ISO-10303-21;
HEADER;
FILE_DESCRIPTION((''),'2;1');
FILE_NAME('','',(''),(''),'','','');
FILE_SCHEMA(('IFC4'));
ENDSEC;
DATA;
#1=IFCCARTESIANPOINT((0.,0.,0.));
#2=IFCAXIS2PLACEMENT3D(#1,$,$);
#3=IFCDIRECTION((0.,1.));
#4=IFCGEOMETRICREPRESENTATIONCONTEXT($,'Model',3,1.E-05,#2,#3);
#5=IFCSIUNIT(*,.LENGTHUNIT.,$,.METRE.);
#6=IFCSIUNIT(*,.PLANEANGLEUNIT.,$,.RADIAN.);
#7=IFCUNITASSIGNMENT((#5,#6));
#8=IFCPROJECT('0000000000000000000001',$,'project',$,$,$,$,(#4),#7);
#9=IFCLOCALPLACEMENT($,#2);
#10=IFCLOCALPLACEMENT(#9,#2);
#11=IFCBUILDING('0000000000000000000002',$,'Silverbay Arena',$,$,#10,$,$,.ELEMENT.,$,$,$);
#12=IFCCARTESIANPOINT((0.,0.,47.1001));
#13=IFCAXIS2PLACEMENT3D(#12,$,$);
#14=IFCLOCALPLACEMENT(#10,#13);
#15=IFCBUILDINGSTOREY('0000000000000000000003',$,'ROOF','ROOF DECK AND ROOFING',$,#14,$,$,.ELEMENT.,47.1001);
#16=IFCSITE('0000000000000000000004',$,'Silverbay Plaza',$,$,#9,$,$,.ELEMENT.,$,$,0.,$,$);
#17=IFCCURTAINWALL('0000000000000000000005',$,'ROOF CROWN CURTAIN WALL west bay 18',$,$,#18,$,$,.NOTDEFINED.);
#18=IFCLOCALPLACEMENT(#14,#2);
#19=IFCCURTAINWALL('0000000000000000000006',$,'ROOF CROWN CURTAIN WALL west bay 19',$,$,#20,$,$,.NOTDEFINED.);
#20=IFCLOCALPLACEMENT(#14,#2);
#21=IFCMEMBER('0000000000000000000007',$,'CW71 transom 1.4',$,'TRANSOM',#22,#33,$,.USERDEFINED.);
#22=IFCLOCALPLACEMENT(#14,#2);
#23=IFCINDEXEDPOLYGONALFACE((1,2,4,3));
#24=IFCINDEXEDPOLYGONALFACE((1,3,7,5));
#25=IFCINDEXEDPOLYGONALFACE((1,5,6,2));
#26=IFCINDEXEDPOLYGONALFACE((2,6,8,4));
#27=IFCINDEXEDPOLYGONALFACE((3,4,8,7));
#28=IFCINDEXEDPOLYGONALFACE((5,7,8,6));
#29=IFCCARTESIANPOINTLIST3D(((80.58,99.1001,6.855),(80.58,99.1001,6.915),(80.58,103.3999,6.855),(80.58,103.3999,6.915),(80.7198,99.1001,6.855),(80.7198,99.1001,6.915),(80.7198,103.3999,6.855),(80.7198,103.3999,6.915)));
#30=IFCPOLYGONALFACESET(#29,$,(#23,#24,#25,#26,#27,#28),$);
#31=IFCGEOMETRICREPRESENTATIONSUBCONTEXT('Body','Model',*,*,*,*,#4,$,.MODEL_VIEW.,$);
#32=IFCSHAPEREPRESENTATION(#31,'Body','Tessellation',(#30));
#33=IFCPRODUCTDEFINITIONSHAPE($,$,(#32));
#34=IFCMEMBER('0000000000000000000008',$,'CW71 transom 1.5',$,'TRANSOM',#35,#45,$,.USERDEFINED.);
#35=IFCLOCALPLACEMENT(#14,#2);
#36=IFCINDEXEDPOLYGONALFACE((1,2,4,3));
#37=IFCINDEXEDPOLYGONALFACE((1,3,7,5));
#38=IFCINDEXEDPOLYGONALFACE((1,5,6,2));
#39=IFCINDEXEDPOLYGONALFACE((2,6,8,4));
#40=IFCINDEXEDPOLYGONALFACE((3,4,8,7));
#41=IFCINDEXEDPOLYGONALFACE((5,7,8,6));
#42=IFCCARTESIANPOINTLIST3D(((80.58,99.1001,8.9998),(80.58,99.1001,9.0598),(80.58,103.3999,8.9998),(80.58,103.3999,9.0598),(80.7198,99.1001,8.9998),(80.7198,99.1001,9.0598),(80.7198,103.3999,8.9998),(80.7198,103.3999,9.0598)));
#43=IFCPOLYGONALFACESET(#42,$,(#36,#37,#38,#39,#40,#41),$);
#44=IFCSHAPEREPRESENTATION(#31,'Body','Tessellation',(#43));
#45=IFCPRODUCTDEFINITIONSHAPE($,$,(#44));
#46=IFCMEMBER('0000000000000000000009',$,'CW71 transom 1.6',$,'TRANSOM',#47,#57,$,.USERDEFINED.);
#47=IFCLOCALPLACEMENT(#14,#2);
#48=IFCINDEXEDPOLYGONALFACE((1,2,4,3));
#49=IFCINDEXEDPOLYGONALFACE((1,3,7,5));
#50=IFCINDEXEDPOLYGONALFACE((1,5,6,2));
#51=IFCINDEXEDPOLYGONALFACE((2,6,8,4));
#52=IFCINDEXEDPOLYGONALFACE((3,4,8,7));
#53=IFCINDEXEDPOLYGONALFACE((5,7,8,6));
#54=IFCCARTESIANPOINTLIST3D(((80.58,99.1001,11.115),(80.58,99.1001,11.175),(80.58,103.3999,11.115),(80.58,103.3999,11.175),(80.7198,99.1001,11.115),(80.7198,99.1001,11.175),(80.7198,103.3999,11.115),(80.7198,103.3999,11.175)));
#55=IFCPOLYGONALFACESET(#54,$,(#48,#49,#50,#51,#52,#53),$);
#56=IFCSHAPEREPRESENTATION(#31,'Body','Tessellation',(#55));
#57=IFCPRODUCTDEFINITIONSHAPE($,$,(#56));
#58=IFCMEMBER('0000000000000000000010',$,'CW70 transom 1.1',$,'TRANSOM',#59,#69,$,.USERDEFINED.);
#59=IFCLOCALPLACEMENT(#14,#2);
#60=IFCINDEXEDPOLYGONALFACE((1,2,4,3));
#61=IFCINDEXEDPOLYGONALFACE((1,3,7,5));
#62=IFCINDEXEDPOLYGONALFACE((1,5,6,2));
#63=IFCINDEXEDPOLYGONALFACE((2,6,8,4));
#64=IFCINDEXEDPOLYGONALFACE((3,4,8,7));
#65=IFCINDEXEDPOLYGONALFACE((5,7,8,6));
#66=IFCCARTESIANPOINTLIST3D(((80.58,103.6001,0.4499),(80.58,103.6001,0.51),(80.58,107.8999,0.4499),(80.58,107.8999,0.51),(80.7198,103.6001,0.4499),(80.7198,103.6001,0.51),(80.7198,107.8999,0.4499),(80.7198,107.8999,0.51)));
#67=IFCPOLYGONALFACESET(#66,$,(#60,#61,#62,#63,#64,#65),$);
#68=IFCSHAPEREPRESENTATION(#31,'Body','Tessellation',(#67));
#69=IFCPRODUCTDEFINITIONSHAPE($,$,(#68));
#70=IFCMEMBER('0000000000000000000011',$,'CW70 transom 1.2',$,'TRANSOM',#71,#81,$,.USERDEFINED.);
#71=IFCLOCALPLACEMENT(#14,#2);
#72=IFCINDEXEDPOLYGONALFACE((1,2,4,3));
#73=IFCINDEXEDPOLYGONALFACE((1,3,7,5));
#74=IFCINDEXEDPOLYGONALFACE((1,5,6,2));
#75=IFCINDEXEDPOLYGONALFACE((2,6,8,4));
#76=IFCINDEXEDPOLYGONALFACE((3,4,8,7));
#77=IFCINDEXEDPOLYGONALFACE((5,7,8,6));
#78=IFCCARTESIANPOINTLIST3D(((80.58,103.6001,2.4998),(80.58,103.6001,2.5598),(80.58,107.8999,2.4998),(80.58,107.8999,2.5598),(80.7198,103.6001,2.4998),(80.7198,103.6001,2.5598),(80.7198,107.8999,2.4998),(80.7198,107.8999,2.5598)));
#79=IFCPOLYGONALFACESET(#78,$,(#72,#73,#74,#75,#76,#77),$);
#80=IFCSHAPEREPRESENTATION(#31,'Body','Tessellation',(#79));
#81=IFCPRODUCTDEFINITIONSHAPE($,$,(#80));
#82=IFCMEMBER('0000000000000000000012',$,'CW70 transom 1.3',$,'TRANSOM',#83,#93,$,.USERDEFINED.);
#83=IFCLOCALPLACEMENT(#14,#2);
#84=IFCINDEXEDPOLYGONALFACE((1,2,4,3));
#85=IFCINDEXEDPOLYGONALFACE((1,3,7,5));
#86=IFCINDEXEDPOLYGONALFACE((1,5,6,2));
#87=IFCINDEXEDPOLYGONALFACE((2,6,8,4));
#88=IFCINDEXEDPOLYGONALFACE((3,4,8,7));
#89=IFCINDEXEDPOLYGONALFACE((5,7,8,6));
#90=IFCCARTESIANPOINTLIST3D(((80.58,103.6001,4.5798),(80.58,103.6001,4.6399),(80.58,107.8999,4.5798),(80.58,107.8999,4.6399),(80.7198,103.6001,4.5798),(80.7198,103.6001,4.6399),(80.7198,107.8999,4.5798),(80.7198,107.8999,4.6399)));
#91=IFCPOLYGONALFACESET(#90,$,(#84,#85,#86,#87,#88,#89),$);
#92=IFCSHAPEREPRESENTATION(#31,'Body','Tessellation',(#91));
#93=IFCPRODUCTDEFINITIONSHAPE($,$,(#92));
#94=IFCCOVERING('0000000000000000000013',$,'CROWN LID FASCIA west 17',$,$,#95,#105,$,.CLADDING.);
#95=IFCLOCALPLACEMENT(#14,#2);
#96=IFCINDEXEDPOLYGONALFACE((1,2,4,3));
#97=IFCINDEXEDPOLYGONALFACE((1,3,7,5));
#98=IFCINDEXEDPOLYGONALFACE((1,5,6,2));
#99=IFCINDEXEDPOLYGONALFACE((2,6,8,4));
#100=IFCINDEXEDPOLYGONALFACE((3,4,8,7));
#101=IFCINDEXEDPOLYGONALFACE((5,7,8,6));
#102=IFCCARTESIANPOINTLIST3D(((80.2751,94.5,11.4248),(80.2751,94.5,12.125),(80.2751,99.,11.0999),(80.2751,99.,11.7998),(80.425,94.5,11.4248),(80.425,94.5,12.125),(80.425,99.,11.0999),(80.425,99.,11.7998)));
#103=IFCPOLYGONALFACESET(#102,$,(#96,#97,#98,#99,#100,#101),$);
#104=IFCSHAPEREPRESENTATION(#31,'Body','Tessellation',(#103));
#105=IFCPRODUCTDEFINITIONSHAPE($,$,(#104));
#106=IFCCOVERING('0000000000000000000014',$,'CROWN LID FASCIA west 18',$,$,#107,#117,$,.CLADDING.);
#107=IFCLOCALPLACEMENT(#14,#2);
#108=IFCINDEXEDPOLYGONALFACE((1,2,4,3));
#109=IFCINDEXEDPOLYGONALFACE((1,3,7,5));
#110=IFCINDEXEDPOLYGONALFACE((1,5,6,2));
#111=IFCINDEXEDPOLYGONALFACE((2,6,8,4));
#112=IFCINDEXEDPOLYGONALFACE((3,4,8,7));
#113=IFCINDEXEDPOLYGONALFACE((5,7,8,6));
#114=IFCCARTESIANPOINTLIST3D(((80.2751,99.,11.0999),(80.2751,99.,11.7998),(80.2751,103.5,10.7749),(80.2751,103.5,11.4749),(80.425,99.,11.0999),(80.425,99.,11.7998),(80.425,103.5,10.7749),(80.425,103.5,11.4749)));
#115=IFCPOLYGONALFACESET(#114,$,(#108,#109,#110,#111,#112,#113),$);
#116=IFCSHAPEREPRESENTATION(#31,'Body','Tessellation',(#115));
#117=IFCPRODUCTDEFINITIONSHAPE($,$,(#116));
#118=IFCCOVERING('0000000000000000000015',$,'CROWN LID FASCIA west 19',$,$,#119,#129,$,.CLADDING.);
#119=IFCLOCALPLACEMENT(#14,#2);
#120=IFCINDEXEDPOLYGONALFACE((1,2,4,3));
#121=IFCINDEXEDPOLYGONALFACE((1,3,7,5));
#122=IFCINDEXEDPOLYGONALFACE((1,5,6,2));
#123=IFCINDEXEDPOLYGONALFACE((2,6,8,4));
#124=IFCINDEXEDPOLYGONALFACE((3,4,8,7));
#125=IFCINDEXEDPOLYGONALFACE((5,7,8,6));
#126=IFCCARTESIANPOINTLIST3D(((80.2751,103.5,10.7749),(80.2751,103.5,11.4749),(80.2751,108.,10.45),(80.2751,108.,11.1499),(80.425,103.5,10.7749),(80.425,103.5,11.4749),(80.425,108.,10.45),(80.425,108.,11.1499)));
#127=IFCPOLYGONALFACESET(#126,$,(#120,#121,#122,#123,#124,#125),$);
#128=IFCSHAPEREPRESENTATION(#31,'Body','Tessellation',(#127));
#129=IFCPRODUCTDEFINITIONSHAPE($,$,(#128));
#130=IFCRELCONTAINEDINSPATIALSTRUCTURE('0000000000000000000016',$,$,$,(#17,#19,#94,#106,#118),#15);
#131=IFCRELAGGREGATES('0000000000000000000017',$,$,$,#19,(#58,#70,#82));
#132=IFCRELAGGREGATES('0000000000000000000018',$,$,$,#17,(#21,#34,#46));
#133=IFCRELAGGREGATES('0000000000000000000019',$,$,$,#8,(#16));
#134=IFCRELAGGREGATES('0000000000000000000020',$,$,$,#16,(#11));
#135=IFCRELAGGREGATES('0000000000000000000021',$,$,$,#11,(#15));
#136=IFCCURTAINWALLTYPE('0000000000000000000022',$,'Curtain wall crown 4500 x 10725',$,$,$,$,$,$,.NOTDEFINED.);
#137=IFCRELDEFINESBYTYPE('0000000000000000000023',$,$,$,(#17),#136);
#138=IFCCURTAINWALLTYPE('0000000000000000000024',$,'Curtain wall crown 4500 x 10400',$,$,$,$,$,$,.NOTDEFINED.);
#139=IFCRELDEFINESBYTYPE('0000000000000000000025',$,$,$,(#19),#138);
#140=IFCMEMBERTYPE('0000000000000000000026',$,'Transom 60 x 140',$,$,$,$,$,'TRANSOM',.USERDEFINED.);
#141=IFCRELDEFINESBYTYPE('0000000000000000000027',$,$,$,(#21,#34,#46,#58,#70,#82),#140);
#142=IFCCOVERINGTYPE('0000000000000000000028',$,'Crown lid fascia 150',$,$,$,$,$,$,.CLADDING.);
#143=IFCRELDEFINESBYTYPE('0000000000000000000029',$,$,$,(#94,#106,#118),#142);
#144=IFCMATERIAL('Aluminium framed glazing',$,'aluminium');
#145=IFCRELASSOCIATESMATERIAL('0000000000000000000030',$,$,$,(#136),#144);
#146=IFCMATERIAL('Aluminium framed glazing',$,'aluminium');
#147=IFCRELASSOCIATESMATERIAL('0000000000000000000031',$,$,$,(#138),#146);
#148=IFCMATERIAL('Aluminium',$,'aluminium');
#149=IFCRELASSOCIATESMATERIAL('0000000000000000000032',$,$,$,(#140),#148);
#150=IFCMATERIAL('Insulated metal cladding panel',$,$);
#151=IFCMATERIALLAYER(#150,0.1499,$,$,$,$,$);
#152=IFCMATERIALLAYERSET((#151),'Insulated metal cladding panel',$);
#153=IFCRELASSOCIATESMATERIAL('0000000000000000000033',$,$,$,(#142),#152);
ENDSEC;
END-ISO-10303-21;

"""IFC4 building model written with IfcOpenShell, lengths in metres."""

from ifc_helpers import new_model, si_unit, direction, frame, origin, origin_2d, place, context, subcontext, project, spatial, polyline, rectangle, outline, extrude, material, layer, layer_set, material_profile, profile_set, type_object, element, aggregate, save


model = new_model("IFC4")

# Units and contexts
model_context = context("Model", 3, precision=1e-05, world=origin(), true_north=direction((0.0, 1.0)))
body_context = subcontext(model_context, "Body", "Model", "MODEL_VIEW")
ifc_project = project(units=[si_unit("LENGTHUNIT", "METRE"), si_unit("PLANEANGLEUNIT", "RADIAN")], contexts=[model_context])

# Site, building, storey
site_placement = place(None, origin())
site = spatial("IfcSite", under=ifc_project, at=site_placement, Name="Silverbay Plaza", CompositionType="ELEMENT", RefElevation=0.0)
building_placement = place(site_placement, origin())
building = spatial("IfcBuilding", under=site, at=building_placement, Name="Silverbay Arena", CompositionType="ELEMENT")
storey_placement = place(building_placement, frame((0.0, 0.0, 47.1001)))
storey = spatial("IfcBuildingStorey", under=building, at=storey_placement, Name="ROOF", Description="ROOF DECK AND ROOFING", CompositionType="ELEMENT", Elevation=47.1001)

# Shared definitions
placement = place(building_placement, frame((0.0, 0.0, 33.5)))

# Curtain wall
ifc_material_1 = material(Name="Aluminium framed glazing", Category="aluminium")
curtain_wall_type_1 = type_object("IfcCurtainWallType", Name="Curtain wall crown 4500 x 10725", PredefinedType="NOTDEFINED", material=ifc_material_1)
curtain_wall_1_placement = place(storey_placement, origin())
curtain_wall_1 = element("IfcCurtainWall", 1, at=curtain_wall_1_placement, inside=storey, type_object=curtain_wall_type_1, Name="ROOF CROWN CURTAIN WALL west bay 18", PredefinedType="NOTDEFINED")

# Curtain wall
ifc_material_2 = material(Name="Aluminium framed glazing", Category="aluminium")
curtain_wall_type_2 = type_object("IfcCurtainWallType", Name="Curtain wall crown 4500 x 10400", PredefinedType="NOTDEFINED", material=ifc_material_2)
curtain_wall_2_placement = place(storey_placement, origin())
curtain_wall_2 = element("IfcCurtainWall", 2, at=curtain_wall_2_placement, inside=storey, type_object=curtain_wall_type_2, Name="ROOF CROWN CURTAIN WALL west bay 19", PredefinedType="NOTDEFINED")

# Members
ifc_material_3 = material(Name="Aluminium", Category="aluminium")
ifc_material_profile_1 = material_profile(ifc_material_3, rectangle(XDim=0.1399, YDim=0.0601, at=origin_2d()), Name="Transom 60 x 140")
ifc_profile_set_1 = profile_set([ifc_material_profile_1], Name="Aluminium")
member_type_1 = type_object("IfcMemberType", Name="Transom 60 x 140", ElementType="TRANSOM", PredefinedType="USERDEFINED", material=ifc_profile_set_1)
member_1_placement = place(placement, frame((80.6499, 99.1001, 20.4851), z_axis=(0.0, 1.0, 0.0), x_axis=(-1.0, 0.0, 0.0)))
member_1 = element("IfcMember", 3, at=member_1_placement, type_object=member_type_1, Name="CW71 transom 1.4", ObjectType="TRANSOM", PredefinedType="USERDEFINED", context=body_context, shape_type="SweptSolid", body=[
    extrude(rectangle(XDim=0.1399, YDim=0.0601, at=origin_2d()), origin(), (0.0, 0.0, 1.0), 4.2998),
])
member_2_placement = place(placement, frame((80.6499, 99.1001, 22.6299), z_axis=(0.0, 1.0, 0.0), x_axis=(-1.0, 0.0, 0.0)))
member_2 = element("IfcMember", 4, at=member_2_placement, type_object=member_type_1, Name="CW71 transom 1.5", ObjectType="TRANSOM", PredefinedType="USERDEFINED", context=body_context, shape_type="SweptSolid", body=[
    extrude(rectangle(XDim=0.1399, YDim=0.0601, at=origin_2d()), origin(), (0.0, 0.0, 1.0), 4.2998),
])
member_3_placement = place(placement, frame((80.6499, 99.1001, 24.7451), z_axis=(0.0, 1.0, 0.0), x_axis=(-1.0, 0.0, 0.0)))
member_3 = element("IfcMember", 5, at=member_3_placement, type_object=member_type_1, Name="CW71 transom 1.6", ObjectType="TRANSOM", PredefinedType="USERDEFINED", context=body_context, shape_type="SweptSolid", body=[
    extrude(rectangle(XDim=0.1399, YDim=0.0601, at=origin_2d()), origin(), (0.0, 0.0, 1.0), 4.2998),
])
member_4_placement = place(placement, frame((80.6499, 103.6001, 14.0801), z_axis=(0.0, 1.0, 0.0), x_axis=(-1.0, 0.0, 0.0)))
member_4 = element("IfcMember", 6, at=member_4_placement, type_object=member_type_1, Name="CW70 transom 1.1", ObjectType="TRANSOM", PredefinedType="USERDEFINED", context=body_context, shape_type="SweptSolid", body=[
    extrude(rectangle(XDim=0.1399, YDim=0.0601, at=origin_2d()), origin(), (0.0, 0.0, 1.0), 4.2998),
])
member_5_placement = place(placement, frame((80.6499, 103.6001, 16.1299), z_axis=(0.0, 1.0, 0.0), x_axis=(-1.0, 0.0, 0.0)))
member_5 = element("IfcMember", 7, at=member_5_placement, type_object=member_type_1, Name="CW70 transom 1.2", ObjectType="TRANSOM", PredefinedType="USERDEFINED", context=body_context, shape_type="SweptSolid", body=[
    extrude(rectangle(XDim=0.1399, YDim=0.0601, at=origin_2d()), origin(), (0.0, 0.0, 1.0), 4.2998),
])
member_6_placement = place(placement, frame((80.6499, 103.6001, 18.21), z_axis=(0.0, 1.0, 0.0), x_axis=(-1.0, 0.0, 0.0)))
member_6 = element("IfcMember", 8, at=member_6_placement, type_object=member_type_1, Name="CW70 transom 1.3", ObjectType="TRANSOM", PredefinedType="USERDEFINED", context=body_context, shape_type="SweptSolid", body=[
    extrude(rectangle(XDim=0.1399, YDim=0.0601, at=origin_2d()), origin(), (0.0, 0.0, 1.0), 4.2998),
])
aggregate(curtain_wall_2, [member_4, member_5, member_6])

aggregate(curtain_wall_1, [member_1, member_2, member_3])

# Coverings
ifc_material_4 = material(Name="Insulated metal cladding panel")
ifc_layer_1 = layer(ifc_material_4, 0.1499)
ifc_layer_set_1 = layer_set([ifc_layer_1], Name="Insulated metal cladding panel")
covering_type = type_object("IfcCoveringType", Name="Crown lid fascia 150", PredefinedType="CLADDING", material=ifc_layer_set_1)
covering_placement = place(storey_placement, frame((80.425, 94.5, 11.4248), z_axis=(1.0, 0.0, 0.0), x_axis=(0.0, 0.997403, -0.072024)))
element("IfcCovering", 9, at=covering_placement, inside=storey, type_object=covering_type, Name="CROWN LID FASCIA west 17", PredefinedType="CLADDING", context=body_context, shape_type="SweptSolid", body=[
    extrude(outline(polyline([(0.0, 0.0), (4.5117, 0.0), (4.4613, 0.6981), (-0.0504, 0.6984), (0.0, 0.0)])), origin(), (0.0, 0.0, -1.0), 0.1499),
])
for number, where, z_axis, x_axis, name in (
    (10, (80.425, 99.0, 11.0999), (1.0, 0.0, 0.0), (0.0, 0.997403, -0.072024), "CROWN LID FASCIA west 18"),
    (11, (80.425, 103.5, 10.7749), (1.0, 0.0, 0.0), (0.0, 0.997403, -0.072024), "CROWN LID FASCIA west 19"),
):
    element("IfcCovering", number, at=place(storey_placement, frame(where, z_axis=z_axis, x_axis=x_axis)), inside=storey, type_object=covering_type, Name=name, PredefinedType="CLADDING", context=body_context, shape_type="SweptSolid", body=[
        extrude(outline(polyline([(0.0, 0.0), (4.5117, 0.0), (4.4613, 0.6981), (-0.0504, 0.6981), (0.0, 0.0)])), origin(), (0.0, 0.0, -1.0), 0.1499),
    ])

save(model, "model.ifc")
